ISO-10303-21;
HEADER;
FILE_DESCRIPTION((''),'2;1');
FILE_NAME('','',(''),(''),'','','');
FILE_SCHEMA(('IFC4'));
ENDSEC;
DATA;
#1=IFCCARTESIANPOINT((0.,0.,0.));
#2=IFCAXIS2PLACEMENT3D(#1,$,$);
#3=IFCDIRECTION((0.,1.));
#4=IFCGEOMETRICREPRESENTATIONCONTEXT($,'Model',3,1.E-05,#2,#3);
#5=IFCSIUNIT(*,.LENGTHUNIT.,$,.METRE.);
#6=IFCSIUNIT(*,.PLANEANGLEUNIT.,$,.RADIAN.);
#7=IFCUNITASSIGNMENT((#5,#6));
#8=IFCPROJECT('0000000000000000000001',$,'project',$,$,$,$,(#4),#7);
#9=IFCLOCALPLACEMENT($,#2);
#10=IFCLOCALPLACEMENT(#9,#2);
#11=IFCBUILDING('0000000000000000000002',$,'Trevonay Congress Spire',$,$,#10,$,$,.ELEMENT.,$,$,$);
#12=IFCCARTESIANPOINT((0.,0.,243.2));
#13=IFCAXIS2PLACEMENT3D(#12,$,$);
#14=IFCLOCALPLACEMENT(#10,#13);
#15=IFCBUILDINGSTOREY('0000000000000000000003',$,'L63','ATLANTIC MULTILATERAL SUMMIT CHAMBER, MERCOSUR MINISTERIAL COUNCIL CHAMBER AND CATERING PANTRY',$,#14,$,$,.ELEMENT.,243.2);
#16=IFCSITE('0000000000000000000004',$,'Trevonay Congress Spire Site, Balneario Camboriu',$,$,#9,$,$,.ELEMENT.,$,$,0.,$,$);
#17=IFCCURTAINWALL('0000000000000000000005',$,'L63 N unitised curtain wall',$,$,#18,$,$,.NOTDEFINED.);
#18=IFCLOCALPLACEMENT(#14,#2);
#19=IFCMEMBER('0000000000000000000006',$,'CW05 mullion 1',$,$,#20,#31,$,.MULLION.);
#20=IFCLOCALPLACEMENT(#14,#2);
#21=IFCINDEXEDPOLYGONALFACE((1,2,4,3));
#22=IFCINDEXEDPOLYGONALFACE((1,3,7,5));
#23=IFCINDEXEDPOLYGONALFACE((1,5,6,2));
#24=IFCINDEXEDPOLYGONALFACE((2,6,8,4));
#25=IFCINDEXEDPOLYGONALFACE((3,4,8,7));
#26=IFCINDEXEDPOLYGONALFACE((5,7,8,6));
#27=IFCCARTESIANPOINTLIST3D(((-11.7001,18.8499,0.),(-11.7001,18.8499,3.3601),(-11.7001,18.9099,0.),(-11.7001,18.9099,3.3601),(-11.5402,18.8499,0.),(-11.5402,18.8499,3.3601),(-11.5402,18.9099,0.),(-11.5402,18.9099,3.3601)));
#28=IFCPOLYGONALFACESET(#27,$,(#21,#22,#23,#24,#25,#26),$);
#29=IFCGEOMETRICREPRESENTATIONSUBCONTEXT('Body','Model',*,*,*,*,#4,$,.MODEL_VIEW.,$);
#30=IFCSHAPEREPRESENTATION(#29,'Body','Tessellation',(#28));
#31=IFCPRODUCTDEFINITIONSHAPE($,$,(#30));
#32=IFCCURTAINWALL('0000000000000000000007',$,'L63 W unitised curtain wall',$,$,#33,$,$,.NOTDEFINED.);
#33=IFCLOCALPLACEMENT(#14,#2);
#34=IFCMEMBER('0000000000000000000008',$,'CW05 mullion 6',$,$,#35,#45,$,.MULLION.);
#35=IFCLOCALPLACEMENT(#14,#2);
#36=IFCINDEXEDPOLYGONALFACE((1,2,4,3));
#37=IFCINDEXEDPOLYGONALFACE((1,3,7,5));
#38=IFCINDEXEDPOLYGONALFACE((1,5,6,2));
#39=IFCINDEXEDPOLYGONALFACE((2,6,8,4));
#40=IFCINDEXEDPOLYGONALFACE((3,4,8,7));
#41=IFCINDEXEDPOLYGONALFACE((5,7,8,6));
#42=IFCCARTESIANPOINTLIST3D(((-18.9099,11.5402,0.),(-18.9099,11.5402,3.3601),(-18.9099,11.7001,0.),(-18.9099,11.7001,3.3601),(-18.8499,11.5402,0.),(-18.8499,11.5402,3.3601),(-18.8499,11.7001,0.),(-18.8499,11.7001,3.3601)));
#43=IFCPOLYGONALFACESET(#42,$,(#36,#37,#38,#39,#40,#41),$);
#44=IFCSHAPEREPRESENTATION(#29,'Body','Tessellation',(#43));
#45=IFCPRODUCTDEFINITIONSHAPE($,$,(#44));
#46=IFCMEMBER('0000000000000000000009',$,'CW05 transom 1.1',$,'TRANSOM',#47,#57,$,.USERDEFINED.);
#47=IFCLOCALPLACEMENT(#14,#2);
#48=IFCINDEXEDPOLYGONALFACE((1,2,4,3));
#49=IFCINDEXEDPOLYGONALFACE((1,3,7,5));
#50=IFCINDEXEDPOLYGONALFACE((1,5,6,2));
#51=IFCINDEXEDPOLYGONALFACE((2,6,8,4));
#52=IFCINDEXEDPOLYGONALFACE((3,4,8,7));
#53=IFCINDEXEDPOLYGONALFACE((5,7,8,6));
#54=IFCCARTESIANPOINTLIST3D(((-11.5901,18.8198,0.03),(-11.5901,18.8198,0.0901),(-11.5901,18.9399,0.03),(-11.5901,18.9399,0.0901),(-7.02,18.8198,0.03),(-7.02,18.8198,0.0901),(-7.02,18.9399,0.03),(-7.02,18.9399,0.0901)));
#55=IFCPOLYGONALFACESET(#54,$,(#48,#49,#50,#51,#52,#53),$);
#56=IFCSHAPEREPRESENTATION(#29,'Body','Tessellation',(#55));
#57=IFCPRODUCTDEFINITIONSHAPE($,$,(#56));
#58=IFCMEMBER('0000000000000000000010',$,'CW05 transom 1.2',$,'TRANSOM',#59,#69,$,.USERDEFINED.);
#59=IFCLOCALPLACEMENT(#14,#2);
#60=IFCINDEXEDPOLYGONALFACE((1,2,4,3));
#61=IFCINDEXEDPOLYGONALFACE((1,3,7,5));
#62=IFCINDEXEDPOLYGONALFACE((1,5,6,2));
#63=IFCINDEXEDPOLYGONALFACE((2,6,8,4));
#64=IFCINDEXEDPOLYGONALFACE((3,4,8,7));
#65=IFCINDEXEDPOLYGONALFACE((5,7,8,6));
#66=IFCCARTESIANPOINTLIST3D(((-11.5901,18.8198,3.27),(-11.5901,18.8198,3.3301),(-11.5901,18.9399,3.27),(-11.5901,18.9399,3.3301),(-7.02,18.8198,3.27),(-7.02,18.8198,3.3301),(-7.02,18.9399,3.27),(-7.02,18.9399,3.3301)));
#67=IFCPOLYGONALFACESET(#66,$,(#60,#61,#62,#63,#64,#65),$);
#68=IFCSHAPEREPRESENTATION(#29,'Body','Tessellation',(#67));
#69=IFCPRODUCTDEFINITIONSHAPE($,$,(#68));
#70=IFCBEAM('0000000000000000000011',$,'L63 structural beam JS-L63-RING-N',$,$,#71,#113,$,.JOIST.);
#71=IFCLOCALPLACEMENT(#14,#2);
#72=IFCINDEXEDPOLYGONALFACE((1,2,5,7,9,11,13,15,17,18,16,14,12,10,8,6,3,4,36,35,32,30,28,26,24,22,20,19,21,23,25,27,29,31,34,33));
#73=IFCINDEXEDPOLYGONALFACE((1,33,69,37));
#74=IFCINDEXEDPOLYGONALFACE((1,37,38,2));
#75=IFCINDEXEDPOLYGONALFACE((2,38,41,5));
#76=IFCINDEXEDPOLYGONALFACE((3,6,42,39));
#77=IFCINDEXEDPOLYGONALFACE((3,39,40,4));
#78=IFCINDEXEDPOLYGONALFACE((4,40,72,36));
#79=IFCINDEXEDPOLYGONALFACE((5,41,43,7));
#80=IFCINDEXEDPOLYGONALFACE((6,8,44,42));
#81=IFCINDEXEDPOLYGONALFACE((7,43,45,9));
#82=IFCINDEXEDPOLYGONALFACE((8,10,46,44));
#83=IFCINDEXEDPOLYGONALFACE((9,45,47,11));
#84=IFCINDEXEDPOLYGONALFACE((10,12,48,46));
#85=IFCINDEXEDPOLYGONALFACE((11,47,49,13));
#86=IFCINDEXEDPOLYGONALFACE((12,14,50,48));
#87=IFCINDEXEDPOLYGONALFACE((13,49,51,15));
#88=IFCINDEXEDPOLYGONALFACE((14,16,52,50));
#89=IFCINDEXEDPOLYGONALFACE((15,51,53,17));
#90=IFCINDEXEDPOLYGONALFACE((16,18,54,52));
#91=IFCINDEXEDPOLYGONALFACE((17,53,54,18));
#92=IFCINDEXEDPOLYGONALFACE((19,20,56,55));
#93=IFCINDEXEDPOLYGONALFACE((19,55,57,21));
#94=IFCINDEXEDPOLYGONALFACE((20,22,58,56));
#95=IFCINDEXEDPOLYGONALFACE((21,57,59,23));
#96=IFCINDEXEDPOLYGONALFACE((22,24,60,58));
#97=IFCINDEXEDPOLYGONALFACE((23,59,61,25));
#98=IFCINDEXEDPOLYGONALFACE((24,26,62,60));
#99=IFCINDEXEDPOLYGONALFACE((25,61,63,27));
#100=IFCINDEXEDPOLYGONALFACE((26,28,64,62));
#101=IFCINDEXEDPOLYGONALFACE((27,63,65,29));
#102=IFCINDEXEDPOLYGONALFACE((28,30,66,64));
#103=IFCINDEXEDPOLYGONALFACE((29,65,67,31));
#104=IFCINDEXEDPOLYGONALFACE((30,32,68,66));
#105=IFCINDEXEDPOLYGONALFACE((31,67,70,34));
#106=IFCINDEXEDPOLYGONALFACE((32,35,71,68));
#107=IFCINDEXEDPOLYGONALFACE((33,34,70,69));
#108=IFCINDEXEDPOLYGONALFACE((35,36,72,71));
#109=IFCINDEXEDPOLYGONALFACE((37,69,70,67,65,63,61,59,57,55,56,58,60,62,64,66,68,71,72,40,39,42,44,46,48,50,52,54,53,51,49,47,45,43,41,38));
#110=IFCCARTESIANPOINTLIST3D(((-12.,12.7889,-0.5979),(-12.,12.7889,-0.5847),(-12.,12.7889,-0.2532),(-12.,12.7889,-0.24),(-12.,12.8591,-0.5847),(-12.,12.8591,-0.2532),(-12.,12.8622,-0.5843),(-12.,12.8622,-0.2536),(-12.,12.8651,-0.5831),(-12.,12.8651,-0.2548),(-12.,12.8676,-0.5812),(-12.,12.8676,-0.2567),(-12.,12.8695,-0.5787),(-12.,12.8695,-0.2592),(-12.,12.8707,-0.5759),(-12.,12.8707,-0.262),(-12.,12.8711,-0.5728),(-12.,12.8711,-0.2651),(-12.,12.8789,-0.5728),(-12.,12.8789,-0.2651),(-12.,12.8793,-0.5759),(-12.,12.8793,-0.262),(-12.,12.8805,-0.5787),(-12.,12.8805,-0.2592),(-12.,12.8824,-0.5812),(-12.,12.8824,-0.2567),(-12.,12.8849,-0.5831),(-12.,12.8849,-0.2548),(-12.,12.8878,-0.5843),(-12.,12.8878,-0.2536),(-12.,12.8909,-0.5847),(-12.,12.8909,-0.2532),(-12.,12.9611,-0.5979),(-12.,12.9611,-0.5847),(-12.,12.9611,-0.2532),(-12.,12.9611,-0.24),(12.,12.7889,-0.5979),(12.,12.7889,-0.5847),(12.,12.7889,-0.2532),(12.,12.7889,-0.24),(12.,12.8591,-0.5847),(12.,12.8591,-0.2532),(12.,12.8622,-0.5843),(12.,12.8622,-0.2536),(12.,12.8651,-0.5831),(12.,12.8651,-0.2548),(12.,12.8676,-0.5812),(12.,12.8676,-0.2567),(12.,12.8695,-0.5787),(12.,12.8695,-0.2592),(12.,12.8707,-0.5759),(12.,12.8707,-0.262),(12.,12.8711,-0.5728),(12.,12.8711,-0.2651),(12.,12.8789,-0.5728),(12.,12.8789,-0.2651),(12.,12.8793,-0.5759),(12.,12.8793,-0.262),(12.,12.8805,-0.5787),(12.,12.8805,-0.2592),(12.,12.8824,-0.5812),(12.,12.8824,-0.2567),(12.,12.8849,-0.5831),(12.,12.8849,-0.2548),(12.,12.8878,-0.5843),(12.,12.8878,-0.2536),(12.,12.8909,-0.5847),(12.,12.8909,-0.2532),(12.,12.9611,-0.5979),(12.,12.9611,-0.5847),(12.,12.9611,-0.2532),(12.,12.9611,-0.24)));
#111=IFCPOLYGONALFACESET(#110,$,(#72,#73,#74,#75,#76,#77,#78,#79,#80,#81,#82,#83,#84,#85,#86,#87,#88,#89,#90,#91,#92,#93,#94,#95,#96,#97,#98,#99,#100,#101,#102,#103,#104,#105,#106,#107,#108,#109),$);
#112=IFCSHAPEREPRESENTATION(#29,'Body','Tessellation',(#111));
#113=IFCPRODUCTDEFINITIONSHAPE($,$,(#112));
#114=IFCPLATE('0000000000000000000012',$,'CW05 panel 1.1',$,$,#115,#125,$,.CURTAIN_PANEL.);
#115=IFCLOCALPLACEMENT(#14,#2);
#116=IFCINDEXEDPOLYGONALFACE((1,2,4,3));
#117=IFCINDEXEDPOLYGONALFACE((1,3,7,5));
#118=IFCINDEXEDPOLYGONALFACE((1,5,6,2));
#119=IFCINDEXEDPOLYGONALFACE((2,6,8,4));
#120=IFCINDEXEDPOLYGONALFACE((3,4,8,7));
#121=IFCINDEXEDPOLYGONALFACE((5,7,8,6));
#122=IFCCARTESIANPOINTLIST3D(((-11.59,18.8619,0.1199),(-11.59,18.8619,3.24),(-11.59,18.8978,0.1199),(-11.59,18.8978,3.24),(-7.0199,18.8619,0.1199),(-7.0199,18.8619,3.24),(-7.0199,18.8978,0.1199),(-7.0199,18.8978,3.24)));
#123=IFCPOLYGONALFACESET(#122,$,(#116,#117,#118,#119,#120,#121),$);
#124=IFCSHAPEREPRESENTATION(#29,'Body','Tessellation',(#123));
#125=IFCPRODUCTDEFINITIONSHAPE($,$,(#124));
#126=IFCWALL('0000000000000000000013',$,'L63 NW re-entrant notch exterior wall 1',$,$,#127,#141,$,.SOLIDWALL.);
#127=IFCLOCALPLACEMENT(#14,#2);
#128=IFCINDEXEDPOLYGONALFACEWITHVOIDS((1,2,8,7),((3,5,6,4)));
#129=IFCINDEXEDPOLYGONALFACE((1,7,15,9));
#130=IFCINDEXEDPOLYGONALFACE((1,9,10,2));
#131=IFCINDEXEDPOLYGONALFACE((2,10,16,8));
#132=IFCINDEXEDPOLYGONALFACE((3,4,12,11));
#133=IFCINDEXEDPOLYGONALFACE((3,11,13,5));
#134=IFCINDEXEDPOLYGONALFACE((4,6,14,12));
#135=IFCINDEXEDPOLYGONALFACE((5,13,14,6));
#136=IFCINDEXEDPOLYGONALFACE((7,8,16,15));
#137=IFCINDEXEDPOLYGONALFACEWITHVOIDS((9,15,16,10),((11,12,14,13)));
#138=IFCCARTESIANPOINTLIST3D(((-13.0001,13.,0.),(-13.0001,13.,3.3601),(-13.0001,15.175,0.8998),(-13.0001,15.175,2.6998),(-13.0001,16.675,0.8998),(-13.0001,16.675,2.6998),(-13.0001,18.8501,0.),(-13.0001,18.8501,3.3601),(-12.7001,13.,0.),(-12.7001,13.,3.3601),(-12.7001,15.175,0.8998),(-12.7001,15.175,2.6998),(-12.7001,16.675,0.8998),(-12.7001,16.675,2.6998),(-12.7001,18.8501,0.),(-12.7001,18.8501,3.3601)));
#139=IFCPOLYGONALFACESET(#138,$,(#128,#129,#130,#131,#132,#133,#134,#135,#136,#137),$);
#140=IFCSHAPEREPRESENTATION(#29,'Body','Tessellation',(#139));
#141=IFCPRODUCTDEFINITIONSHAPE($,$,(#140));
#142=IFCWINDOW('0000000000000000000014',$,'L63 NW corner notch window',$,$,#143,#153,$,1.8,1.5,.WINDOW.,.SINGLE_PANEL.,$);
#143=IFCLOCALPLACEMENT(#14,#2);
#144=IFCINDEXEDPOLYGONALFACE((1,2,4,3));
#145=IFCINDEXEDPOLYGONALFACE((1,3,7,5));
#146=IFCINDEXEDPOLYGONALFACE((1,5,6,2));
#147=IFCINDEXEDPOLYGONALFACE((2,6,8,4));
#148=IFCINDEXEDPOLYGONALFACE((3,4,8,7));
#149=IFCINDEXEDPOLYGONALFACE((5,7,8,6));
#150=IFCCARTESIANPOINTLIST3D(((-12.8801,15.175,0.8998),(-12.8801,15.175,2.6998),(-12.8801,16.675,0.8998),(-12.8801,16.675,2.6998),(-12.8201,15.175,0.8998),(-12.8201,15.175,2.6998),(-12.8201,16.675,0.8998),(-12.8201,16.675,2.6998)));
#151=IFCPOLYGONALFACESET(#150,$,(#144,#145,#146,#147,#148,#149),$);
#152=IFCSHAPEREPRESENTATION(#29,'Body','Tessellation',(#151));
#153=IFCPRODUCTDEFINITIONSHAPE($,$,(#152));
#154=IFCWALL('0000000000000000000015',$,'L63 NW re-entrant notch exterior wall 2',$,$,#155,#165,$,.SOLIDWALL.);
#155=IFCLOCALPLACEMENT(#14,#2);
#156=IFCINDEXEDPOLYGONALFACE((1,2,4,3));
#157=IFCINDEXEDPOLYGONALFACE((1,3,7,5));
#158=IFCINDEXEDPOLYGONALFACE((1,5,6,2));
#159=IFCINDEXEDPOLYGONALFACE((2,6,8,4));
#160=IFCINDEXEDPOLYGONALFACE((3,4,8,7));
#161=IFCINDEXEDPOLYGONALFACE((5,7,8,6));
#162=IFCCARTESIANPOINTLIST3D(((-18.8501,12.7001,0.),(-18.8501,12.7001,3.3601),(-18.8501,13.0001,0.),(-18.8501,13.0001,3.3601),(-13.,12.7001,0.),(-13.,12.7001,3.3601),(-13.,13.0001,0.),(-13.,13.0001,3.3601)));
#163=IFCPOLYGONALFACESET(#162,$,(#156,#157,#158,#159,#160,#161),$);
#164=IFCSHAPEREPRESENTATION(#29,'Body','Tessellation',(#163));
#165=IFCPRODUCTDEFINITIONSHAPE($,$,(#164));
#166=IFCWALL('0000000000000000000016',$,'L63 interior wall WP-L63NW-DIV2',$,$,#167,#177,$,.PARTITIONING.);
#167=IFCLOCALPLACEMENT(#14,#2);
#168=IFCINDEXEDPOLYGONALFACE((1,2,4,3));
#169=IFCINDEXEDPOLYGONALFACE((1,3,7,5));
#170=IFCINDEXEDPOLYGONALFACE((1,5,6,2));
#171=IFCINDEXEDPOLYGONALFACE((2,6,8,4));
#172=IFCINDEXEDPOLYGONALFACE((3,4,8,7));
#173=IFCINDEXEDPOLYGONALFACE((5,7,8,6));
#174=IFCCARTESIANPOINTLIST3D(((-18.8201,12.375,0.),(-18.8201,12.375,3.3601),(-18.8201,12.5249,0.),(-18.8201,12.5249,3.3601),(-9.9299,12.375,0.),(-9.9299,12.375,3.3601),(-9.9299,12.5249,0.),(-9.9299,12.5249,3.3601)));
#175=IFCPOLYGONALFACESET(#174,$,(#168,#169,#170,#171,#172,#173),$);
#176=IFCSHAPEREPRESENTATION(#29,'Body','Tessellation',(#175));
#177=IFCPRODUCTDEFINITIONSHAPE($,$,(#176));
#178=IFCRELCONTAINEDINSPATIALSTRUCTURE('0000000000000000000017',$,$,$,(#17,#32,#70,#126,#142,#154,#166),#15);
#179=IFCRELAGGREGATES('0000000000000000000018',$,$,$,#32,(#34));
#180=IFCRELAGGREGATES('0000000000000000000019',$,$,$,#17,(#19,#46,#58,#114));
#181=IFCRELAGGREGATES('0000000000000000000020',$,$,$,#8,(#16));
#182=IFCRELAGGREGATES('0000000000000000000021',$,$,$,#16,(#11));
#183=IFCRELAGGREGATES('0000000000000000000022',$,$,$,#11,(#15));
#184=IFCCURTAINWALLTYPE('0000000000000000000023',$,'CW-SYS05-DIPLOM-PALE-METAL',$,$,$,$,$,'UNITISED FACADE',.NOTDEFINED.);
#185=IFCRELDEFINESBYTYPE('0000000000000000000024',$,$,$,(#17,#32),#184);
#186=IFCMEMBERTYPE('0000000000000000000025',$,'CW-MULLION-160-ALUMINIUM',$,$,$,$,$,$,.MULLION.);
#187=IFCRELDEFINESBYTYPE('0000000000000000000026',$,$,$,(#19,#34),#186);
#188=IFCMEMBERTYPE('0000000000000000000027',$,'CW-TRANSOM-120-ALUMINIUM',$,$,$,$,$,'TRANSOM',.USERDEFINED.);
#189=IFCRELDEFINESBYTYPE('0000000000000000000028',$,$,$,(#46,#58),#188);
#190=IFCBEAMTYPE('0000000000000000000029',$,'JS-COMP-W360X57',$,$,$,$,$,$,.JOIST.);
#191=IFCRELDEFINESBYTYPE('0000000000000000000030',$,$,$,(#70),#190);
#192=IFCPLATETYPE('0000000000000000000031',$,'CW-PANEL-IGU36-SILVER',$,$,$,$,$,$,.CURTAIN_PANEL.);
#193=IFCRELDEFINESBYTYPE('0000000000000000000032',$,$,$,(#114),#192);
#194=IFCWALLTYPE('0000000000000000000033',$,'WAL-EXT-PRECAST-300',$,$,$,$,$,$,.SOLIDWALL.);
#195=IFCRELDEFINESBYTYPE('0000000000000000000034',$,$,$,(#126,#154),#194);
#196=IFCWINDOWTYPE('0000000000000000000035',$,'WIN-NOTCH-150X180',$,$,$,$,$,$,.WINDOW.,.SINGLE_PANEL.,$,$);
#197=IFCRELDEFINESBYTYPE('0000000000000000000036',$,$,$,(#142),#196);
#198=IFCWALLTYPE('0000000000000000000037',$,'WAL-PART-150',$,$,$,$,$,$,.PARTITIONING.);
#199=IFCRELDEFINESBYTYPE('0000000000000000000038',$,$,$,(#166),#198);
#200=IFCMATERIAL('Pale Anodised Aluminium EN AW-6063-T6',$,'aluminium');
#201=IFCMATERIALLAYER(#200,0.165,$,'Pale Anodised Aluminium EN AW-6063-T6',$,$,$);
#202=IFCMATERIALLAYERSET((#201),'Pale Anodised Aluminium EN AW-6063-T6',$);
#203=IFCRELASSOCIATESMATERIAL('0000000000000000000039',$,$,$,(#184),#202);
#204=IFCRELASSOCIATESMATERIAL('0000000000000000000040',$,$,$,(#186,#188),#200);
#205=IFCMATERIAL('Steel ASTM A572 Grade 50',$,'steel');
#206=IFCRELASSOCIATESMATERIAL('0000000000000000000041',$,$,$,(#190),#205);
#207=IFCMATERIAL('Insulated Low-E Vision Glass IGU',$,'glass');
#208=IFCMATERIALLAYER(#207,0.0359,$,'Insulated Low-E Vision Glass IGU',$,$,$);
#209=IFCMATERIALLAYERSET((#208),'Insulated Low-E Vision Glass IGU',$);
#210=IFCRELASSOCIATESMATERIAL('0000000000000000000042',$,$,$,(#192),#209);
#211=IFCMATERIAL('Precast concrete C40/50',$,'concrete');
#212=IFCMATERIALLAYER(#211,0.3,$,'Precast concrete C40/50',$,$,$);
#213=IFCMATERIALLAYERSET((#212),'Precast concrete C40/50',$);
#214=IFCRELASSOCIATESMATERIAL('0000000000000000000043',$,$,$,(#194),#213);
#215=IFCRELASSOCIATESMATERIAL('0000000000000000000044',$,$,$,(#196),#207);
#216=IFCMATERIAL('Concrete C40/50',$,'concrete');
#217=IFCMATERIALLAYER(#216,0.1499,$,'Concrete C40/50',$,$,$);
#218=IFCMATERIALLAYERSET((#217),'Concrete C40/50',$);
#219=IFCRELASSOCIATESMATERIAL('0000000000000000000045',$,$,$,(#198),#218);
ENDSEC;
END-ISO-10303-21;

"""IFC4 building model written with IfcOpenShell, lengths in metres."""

from ifc_helpers import new_model, si_unit, direction, frame, frame_2d, origin, origin_2d, place, context, subcontext, project, spatial, rectangle, i_section, extrude, material, layer, layer_set, material_profile, profile_set, type_object, element, fill, aggregate, save


model = new_model("IFC4")

# Units and contexts
model_context = context("Model", 3, precision=1e-05, world=origin(), true_north=direction((0.0, 1.0)))
body_context = subcontext(model_context, "Body", "Model", "MODEL_VIEW")
ifc_project = project(units=[si_unit("LENGTHUNIT", "METRE"), si_unit("PLANEANGLEUNIT", "RADIAN")], contexts=[model_context])

# Site, building, storey
site_placement = place(None, origin())
site = spatial("IfcSite", under=ifc_project, at=site_placement, Name="Trevonay Congress Spire Site, Balneario Camboriu", CompositionType="ELEMENT", RefElevation=0.0)
building_placement = place(site_placement, origin())
building = spatial("IfcBuilding", under=site, at=building_placement, Name="Trevonay Congress Spire", CompositionType="ELEMENT")
storey_placement = place(building_placement, frame((0.0, 0.0, 243.2)))
storey = spatial("IfcBuildingStorey", under=building, at=storey_placement, Name="L63", Description="ATLANTIC MULTILATERAL SUMMIT CHAMBER, MERCOSUR MINISTERIAL COUNCIL CHAMBER AND CATERING PANTRY", CompositionType="ELEMENT", Elevation=243.2)

# Shared definitions
ifc_material_1 = material(Name="Steel ASTM A572 Grade 50", Category="steel")

# Curtain walls, members
ifc_material_2 = material(Name="Pale Anodised Aluminium EN AW-6063-T6", Category="aluminium")
ifc_layer_1 = layer(ifc_material_2, 0.165, Name="Pale Anodised Aluminium EN AW-6063-T6")
ifc_layer_set_1 = layer_set([ifc_layer_1], Name="Pale Anodised Aluminium EN AW-6063-T6")
curtain_wall_type = type_object("IfcCurtainWallType", Name="CW-SYS05-DIPLOM-PALE-METAL", ElementType="UNITISED FACADE", PredefinedType="NOTDEFINED", material=ifc_layer_set_1)
curtain_wall_1_placement = place(storey_placement, origin())
curtain_wall_1 = element("IfcCurtainWall", 1, at=curtain_wall_1_placement, inside=storey, type_object=curtain_wall_type, Name="L63 N unitised curtain wall", PredefinedType="NOTDEFINED")
ifc_material_profile_1 = material_profile(ifc_material_2, rectangle(XDim=0.0601, YDim=0.1599, at=origin_2d()), Name="CW-MULLION-160-ALUMINIUM")
ifc_profile_set_1 = profile_set([ifc_material_profile_1], Name="Pale Anodised Aluminium EN AW-6063-T6")
member_type_1 = type_object("IfcMemberType", Name="CW-MULLION-160-ALUMINIUM", PredefinedType="MULLION", material=ifc_profile_set_1)
member_1_placement = place(storey_placement, frame((-11.6201, 18.8799, 0.0), z_axis=(0.0, 0.0, 1.0), x_axis=(0.0, 1.0, 0.0)))
member_1 = element("IfcMember", 2, at=member_1_placement, type_object=member_type_1, Name="CW05 mullion 1", PredefinedType="MULLION", context=body_context, shape_type="SweptSolid", body=[
    extrude(rectangle(XDim=0.0601, YDim=0.1599, at=origin_2d()), origin(), (0.0, 0.0, 1.0), 3.3601),
])
curtain_wall_2_placement = place(storey_placement, origin())
curtain_wall_2 = element("IfcCurtainWall", 3, at=curtain_wall_2_placement, inside=storey, type_object=curtain_wall_type, Name="L63 W unitised curtain wall", PredefinedType="NOTDEFINED")
member_2_placement = place(storey_placement, frame((-18.8799, 11.6201, 0.0), z_axis=(0.0, 0.0, 1.0), x_axis=(-1.0, 0.0, 0.0)))
member_2 = element("IfcMember", 4, at=member_2_placement, type_object=member_type_1, Name="CW05 mullion 6", PredefinedType="MULLION", context=body_context, shape_type="SweptSolid", body=[
    extrude(rectangle(XDim=0.0601, YDim=0.1599, at=origin_2d()), origin(), (0.0, 0.0, 1.0), 3.3601),
])
aggregate(curtain_wall_2, [member_2])

# Members
ifc_material_profile_2 = material_profile(ifc_material_2, rectangle(XDim=0.1201, YDim=0.0601, at=origin_2d()), Name="CW-TRANSOM-120-ALUMINIUM")
ifc_profile_set_2 = profile_set([ifc_material_profile_2], Name="Pale Anodised Aluminium EN AW-6063-T6")
member_type_2 = type_object("IfcMemberType", Name="CW-TRANSOM-120-ALUMINIUM", ElementType="TRANSOM", PredefinedType="USERDEFINED", material=ifc_profile_set_2)
member_3_placement = place(storey_placement, frame((-11.5901, 18.8799, 0.0601), z_axis=(1.0, 0.0, 0.0), x_axis=(0.0, 1.0, 0.0)))
member_3 = element("IfcMember", 5, at=member_3_placement, type_object=member_type_2, Name="CW05 transom 1.1", ObjectType="TRANSOM", PredefinedType="USERDEFINED", context=body_context, shape_type="SweptSolid", body=[
    extrude(rectangle(XDim=0.1201, YDim=0.0601, at=origin_2d()), origin(), (0.0, 0.0, 1.0), 4.5701),
])
member_4_placement = place(storey_placement, frame((-11.5901, 18.8799, 3.3), z_axis=(1.0, 0.0, 0.0), x_axis=(0.0, 1.0, 0.0)))
member_4 = element("IfcMember", 6, at=member_4_placement, type_object=member_type_2, Name="CW05 transom 1.2", ObjectType="TRANSOM", PredefinedType="USERDEFINED", context=body_context, shape_type="SweptSolid", body=[
    extrude(rectangle(XDim=0.1201, YDim=0.0601, at=origin_2d()), origin(), (0.0, 0.0, 1.0), 4.5701),
])

# Beam
ifc_material_profile_3 = material_profile(ifc_material_1, i_section(OverallWidth=0.1721, OverallDepth=0.3579, WebThickness=0.0078, FlangeThickness=0.0132, FilletRadius=0.012, at=origin_2d()), Name="W360x57.8")
ifc_profile_set_3 = profile_set([ifc_material_profile_3], Name="Steel ASTM A572 Grade 50")
beam_type_1 = type_object("IfcBeamType", Name="JS-COMP-W360X57", PredefinedType="JOIST", material=ifc_profile_set_3)
beam_1_placement = place(storey_placement, frame((-12.0, 12.875, -0.4189), z_axis=(1.0, 0.0, 0.0), x_axis=(0.0, 1.0, 0.0)))
element("IfcBeam", 7, at=beam_1_placement, inside=storey, type_object=beam_type_1, Name="L63 structural beam JS-L63-RING-N", PredefinedType="JOIST", context=body_context, shape_type="SweptSolid", body=[
    extrude(i_section(OverallWidth=0.1721, OverallDepth=0.3579, WebThickness=0.0078, FlangeThickness=0.0132, FilletRadius=0.012, at=origin_2d()), origin(), (0.0, 0.0, 1.0), 24.0),
])

# Plate
ifc_material_3 = material(Name="Insulated Low-E Vision Glass IGU", Category="glass")
ifc_layer_2 = layer(ifc_material_3, 0.0359, Name="Insulated Low-E Vision Glass IGU")
ifc_layer_set_2 = layer_set([ifc_layer_2], Name="Insulated Low-E Vision Glass IGU")
plate_type = type_object("IfcPlateType", Name="CW-PANEL-IGU36-SILVER", PredefinedType="CURTAIN_PANEL", material=ifc_layer_set_2)
plate_placement = place(storey_placement, frame((-9.3049, 18.8799, 0.1199), z_axis=(0.0, 0.0, 1.0), x_axis=(1.0, 0.0, 0.0)))
plate = element("IfcPlate", 8, at=plate_placement, type_object=plate_type, Name="CW05 panel 1.1", PredefinedType="CURTAIN_PANEL", context=body_context, shape_type="SweptSolid", body=[
    extrude(rectangle(XDim=4.5701, YDim=0.0359, at=origin_2d()), origin(), (0.0, 0.0, 1.0), 3.1201),
])
aggregate(curtain_wall_1, [member_1, member_3, member_4, plate])

# Wall, opening, window
ifc_material_4 = material(Name="Precast concrete C40/50", Category="concrete")
ifc_layer_3 = layer(ifc_material_4, 0.3, Name="Precast concrete C40/50")
ifc_layer_set_3 = layer_set([ifc_layer_3], Name="Precast concrete C40/50")
wall_type_1 = type_object("IfcWallType", Name="WAL-EXT-PRECAST-300", PredefinedType="SOLIDWALL", material=ifc_layer_set_3)
wall_1_placement = place(storey_placement, frame((-12.8501, 18.8501, 0.0), z_axis=(0.0, 0.0, 1.0), x_axis=(0.0, -1.0, 0.0)))
wall_1 = element("IfcWall", 9, at=wall_1_placement, inside=storey, type_object=wall_type_1, Name="L63 NW re-entrant notch exterior wall 1", PredefinedType="SOLIDWALL", context=body_context, shape_type="SweptSolid", body=[
    extrude(rectangle(XDim=5.8501, YDim=0.3, at=frame_2d((2.925, 0.0))), origin(), (0.0, 0.0, 1.0), 3.3601),
])
opening_placement = place(wall_1_placement, frame((2.175, 0.0, 0.8999)))
opening = element("IfcOpeningElement", 10, at=opening_placement, cuts=wall_1, PredefinedType="OPENING", context=body_context, shape_type="SweptSolid", body=[
    extrude(rectangle(XDim=1.5, YDim=1.8, at=frame_2d((0.75, 0.8999))), frame((0.0, 0.1602, 0.0), z_axis=(0.0, -1.0, 0.0), x_axis=(1.0, 0.0, 0.0)), (0.0, 0.0, 1.0), 0.3201),
])
window_type = type_object("IfcWindowType", Name="WIN-NOTCH-150X180", PartitioningType="SINGLE_PANEL", PredefinedType="WINDOW", material=ifc_material_3)
window_placement = place(opening_placement, origin())
window = element("IfcWindow", 11, at=window_placement, inside=storey, type_object=window_type, Name="L63 NW corner notch window", OverallHeight=1.8, OverallWidth=1.5, PartitioningType="SINGLE_PANEL", PredefinedType="WINDOW", context=body_context, shape_type="SweptSolid", body=[
    extrude(rectangle(XDim=1.5, YDim=1.8, at=frame_2d((0.75, 0.8999))), frame((0.0, 0.03, 0.0), z_axis=(0.0, -1.0, 0.0), x_axis=(1.0, 0.0, 0.0)), (0.0, 0.0, 1.0), 0.0601),
])
fill(opening, window)

# Walls
wall_2_placement = place(storey_placement, frame((-18.8501, 12.8501, 0.0), z_axis=(0.0, 0.0, 1.0), x_axis=(1.0, 0.0, 0.0)))
element("IfcWall", 12, at=wall_2_placement, inside=storey, type_object=wall_type_1, Name="L63 NW re-entrant notch exterior wall 2", PredefinedType="SOLIDWALL", context=body_context, shape_type="SweptSolid", body=[
    extrude(rectangle(XDim=5.8501, YDim=0.3, at=frame_2d((2.925, 0.0))), origin(), (0.0, 0.0, 1.0), 3.3601),
])
ifc_material_5 = material(Name="Concrete C40/50", Category="concrete")
ifc_layer_4 = layer(ifc_material_5, 0.1499, Name="Concrete C40/50")
ifc_layer_set_4 = layer_set([ifc_layer_4], Name="Concrete C40/50")
wall_type_2 = type_object("IfcWallType", Name="WAL-PART-150", PredefinedType="PARTITIONING", material=ifc_layer_set_4)
wall_3_placement = place(storey_placement, frame((-18.8201, 12.45, 0.0), z_axis=(0.0, 0.0, 1.0), x_axis=(1.0, 0.0, 0.0)))
element("IfcWall", 13, at=wall_3_placement, inside=storey, type_object=wall_type_2, Name="L63 interior wall WP-L63NW-DIV2", PredefinedType="PARTITIONING", context=body_context, shape_type="SweptSolid", body=[
    extrude(rectangle(XDim=8.8901, YDim=0.1499, at=frame_2d((4.4451, 0.0))), origin(), (0.0, 0.0, 1.0), 3.3601),
])

save(model, "model.ifc")
